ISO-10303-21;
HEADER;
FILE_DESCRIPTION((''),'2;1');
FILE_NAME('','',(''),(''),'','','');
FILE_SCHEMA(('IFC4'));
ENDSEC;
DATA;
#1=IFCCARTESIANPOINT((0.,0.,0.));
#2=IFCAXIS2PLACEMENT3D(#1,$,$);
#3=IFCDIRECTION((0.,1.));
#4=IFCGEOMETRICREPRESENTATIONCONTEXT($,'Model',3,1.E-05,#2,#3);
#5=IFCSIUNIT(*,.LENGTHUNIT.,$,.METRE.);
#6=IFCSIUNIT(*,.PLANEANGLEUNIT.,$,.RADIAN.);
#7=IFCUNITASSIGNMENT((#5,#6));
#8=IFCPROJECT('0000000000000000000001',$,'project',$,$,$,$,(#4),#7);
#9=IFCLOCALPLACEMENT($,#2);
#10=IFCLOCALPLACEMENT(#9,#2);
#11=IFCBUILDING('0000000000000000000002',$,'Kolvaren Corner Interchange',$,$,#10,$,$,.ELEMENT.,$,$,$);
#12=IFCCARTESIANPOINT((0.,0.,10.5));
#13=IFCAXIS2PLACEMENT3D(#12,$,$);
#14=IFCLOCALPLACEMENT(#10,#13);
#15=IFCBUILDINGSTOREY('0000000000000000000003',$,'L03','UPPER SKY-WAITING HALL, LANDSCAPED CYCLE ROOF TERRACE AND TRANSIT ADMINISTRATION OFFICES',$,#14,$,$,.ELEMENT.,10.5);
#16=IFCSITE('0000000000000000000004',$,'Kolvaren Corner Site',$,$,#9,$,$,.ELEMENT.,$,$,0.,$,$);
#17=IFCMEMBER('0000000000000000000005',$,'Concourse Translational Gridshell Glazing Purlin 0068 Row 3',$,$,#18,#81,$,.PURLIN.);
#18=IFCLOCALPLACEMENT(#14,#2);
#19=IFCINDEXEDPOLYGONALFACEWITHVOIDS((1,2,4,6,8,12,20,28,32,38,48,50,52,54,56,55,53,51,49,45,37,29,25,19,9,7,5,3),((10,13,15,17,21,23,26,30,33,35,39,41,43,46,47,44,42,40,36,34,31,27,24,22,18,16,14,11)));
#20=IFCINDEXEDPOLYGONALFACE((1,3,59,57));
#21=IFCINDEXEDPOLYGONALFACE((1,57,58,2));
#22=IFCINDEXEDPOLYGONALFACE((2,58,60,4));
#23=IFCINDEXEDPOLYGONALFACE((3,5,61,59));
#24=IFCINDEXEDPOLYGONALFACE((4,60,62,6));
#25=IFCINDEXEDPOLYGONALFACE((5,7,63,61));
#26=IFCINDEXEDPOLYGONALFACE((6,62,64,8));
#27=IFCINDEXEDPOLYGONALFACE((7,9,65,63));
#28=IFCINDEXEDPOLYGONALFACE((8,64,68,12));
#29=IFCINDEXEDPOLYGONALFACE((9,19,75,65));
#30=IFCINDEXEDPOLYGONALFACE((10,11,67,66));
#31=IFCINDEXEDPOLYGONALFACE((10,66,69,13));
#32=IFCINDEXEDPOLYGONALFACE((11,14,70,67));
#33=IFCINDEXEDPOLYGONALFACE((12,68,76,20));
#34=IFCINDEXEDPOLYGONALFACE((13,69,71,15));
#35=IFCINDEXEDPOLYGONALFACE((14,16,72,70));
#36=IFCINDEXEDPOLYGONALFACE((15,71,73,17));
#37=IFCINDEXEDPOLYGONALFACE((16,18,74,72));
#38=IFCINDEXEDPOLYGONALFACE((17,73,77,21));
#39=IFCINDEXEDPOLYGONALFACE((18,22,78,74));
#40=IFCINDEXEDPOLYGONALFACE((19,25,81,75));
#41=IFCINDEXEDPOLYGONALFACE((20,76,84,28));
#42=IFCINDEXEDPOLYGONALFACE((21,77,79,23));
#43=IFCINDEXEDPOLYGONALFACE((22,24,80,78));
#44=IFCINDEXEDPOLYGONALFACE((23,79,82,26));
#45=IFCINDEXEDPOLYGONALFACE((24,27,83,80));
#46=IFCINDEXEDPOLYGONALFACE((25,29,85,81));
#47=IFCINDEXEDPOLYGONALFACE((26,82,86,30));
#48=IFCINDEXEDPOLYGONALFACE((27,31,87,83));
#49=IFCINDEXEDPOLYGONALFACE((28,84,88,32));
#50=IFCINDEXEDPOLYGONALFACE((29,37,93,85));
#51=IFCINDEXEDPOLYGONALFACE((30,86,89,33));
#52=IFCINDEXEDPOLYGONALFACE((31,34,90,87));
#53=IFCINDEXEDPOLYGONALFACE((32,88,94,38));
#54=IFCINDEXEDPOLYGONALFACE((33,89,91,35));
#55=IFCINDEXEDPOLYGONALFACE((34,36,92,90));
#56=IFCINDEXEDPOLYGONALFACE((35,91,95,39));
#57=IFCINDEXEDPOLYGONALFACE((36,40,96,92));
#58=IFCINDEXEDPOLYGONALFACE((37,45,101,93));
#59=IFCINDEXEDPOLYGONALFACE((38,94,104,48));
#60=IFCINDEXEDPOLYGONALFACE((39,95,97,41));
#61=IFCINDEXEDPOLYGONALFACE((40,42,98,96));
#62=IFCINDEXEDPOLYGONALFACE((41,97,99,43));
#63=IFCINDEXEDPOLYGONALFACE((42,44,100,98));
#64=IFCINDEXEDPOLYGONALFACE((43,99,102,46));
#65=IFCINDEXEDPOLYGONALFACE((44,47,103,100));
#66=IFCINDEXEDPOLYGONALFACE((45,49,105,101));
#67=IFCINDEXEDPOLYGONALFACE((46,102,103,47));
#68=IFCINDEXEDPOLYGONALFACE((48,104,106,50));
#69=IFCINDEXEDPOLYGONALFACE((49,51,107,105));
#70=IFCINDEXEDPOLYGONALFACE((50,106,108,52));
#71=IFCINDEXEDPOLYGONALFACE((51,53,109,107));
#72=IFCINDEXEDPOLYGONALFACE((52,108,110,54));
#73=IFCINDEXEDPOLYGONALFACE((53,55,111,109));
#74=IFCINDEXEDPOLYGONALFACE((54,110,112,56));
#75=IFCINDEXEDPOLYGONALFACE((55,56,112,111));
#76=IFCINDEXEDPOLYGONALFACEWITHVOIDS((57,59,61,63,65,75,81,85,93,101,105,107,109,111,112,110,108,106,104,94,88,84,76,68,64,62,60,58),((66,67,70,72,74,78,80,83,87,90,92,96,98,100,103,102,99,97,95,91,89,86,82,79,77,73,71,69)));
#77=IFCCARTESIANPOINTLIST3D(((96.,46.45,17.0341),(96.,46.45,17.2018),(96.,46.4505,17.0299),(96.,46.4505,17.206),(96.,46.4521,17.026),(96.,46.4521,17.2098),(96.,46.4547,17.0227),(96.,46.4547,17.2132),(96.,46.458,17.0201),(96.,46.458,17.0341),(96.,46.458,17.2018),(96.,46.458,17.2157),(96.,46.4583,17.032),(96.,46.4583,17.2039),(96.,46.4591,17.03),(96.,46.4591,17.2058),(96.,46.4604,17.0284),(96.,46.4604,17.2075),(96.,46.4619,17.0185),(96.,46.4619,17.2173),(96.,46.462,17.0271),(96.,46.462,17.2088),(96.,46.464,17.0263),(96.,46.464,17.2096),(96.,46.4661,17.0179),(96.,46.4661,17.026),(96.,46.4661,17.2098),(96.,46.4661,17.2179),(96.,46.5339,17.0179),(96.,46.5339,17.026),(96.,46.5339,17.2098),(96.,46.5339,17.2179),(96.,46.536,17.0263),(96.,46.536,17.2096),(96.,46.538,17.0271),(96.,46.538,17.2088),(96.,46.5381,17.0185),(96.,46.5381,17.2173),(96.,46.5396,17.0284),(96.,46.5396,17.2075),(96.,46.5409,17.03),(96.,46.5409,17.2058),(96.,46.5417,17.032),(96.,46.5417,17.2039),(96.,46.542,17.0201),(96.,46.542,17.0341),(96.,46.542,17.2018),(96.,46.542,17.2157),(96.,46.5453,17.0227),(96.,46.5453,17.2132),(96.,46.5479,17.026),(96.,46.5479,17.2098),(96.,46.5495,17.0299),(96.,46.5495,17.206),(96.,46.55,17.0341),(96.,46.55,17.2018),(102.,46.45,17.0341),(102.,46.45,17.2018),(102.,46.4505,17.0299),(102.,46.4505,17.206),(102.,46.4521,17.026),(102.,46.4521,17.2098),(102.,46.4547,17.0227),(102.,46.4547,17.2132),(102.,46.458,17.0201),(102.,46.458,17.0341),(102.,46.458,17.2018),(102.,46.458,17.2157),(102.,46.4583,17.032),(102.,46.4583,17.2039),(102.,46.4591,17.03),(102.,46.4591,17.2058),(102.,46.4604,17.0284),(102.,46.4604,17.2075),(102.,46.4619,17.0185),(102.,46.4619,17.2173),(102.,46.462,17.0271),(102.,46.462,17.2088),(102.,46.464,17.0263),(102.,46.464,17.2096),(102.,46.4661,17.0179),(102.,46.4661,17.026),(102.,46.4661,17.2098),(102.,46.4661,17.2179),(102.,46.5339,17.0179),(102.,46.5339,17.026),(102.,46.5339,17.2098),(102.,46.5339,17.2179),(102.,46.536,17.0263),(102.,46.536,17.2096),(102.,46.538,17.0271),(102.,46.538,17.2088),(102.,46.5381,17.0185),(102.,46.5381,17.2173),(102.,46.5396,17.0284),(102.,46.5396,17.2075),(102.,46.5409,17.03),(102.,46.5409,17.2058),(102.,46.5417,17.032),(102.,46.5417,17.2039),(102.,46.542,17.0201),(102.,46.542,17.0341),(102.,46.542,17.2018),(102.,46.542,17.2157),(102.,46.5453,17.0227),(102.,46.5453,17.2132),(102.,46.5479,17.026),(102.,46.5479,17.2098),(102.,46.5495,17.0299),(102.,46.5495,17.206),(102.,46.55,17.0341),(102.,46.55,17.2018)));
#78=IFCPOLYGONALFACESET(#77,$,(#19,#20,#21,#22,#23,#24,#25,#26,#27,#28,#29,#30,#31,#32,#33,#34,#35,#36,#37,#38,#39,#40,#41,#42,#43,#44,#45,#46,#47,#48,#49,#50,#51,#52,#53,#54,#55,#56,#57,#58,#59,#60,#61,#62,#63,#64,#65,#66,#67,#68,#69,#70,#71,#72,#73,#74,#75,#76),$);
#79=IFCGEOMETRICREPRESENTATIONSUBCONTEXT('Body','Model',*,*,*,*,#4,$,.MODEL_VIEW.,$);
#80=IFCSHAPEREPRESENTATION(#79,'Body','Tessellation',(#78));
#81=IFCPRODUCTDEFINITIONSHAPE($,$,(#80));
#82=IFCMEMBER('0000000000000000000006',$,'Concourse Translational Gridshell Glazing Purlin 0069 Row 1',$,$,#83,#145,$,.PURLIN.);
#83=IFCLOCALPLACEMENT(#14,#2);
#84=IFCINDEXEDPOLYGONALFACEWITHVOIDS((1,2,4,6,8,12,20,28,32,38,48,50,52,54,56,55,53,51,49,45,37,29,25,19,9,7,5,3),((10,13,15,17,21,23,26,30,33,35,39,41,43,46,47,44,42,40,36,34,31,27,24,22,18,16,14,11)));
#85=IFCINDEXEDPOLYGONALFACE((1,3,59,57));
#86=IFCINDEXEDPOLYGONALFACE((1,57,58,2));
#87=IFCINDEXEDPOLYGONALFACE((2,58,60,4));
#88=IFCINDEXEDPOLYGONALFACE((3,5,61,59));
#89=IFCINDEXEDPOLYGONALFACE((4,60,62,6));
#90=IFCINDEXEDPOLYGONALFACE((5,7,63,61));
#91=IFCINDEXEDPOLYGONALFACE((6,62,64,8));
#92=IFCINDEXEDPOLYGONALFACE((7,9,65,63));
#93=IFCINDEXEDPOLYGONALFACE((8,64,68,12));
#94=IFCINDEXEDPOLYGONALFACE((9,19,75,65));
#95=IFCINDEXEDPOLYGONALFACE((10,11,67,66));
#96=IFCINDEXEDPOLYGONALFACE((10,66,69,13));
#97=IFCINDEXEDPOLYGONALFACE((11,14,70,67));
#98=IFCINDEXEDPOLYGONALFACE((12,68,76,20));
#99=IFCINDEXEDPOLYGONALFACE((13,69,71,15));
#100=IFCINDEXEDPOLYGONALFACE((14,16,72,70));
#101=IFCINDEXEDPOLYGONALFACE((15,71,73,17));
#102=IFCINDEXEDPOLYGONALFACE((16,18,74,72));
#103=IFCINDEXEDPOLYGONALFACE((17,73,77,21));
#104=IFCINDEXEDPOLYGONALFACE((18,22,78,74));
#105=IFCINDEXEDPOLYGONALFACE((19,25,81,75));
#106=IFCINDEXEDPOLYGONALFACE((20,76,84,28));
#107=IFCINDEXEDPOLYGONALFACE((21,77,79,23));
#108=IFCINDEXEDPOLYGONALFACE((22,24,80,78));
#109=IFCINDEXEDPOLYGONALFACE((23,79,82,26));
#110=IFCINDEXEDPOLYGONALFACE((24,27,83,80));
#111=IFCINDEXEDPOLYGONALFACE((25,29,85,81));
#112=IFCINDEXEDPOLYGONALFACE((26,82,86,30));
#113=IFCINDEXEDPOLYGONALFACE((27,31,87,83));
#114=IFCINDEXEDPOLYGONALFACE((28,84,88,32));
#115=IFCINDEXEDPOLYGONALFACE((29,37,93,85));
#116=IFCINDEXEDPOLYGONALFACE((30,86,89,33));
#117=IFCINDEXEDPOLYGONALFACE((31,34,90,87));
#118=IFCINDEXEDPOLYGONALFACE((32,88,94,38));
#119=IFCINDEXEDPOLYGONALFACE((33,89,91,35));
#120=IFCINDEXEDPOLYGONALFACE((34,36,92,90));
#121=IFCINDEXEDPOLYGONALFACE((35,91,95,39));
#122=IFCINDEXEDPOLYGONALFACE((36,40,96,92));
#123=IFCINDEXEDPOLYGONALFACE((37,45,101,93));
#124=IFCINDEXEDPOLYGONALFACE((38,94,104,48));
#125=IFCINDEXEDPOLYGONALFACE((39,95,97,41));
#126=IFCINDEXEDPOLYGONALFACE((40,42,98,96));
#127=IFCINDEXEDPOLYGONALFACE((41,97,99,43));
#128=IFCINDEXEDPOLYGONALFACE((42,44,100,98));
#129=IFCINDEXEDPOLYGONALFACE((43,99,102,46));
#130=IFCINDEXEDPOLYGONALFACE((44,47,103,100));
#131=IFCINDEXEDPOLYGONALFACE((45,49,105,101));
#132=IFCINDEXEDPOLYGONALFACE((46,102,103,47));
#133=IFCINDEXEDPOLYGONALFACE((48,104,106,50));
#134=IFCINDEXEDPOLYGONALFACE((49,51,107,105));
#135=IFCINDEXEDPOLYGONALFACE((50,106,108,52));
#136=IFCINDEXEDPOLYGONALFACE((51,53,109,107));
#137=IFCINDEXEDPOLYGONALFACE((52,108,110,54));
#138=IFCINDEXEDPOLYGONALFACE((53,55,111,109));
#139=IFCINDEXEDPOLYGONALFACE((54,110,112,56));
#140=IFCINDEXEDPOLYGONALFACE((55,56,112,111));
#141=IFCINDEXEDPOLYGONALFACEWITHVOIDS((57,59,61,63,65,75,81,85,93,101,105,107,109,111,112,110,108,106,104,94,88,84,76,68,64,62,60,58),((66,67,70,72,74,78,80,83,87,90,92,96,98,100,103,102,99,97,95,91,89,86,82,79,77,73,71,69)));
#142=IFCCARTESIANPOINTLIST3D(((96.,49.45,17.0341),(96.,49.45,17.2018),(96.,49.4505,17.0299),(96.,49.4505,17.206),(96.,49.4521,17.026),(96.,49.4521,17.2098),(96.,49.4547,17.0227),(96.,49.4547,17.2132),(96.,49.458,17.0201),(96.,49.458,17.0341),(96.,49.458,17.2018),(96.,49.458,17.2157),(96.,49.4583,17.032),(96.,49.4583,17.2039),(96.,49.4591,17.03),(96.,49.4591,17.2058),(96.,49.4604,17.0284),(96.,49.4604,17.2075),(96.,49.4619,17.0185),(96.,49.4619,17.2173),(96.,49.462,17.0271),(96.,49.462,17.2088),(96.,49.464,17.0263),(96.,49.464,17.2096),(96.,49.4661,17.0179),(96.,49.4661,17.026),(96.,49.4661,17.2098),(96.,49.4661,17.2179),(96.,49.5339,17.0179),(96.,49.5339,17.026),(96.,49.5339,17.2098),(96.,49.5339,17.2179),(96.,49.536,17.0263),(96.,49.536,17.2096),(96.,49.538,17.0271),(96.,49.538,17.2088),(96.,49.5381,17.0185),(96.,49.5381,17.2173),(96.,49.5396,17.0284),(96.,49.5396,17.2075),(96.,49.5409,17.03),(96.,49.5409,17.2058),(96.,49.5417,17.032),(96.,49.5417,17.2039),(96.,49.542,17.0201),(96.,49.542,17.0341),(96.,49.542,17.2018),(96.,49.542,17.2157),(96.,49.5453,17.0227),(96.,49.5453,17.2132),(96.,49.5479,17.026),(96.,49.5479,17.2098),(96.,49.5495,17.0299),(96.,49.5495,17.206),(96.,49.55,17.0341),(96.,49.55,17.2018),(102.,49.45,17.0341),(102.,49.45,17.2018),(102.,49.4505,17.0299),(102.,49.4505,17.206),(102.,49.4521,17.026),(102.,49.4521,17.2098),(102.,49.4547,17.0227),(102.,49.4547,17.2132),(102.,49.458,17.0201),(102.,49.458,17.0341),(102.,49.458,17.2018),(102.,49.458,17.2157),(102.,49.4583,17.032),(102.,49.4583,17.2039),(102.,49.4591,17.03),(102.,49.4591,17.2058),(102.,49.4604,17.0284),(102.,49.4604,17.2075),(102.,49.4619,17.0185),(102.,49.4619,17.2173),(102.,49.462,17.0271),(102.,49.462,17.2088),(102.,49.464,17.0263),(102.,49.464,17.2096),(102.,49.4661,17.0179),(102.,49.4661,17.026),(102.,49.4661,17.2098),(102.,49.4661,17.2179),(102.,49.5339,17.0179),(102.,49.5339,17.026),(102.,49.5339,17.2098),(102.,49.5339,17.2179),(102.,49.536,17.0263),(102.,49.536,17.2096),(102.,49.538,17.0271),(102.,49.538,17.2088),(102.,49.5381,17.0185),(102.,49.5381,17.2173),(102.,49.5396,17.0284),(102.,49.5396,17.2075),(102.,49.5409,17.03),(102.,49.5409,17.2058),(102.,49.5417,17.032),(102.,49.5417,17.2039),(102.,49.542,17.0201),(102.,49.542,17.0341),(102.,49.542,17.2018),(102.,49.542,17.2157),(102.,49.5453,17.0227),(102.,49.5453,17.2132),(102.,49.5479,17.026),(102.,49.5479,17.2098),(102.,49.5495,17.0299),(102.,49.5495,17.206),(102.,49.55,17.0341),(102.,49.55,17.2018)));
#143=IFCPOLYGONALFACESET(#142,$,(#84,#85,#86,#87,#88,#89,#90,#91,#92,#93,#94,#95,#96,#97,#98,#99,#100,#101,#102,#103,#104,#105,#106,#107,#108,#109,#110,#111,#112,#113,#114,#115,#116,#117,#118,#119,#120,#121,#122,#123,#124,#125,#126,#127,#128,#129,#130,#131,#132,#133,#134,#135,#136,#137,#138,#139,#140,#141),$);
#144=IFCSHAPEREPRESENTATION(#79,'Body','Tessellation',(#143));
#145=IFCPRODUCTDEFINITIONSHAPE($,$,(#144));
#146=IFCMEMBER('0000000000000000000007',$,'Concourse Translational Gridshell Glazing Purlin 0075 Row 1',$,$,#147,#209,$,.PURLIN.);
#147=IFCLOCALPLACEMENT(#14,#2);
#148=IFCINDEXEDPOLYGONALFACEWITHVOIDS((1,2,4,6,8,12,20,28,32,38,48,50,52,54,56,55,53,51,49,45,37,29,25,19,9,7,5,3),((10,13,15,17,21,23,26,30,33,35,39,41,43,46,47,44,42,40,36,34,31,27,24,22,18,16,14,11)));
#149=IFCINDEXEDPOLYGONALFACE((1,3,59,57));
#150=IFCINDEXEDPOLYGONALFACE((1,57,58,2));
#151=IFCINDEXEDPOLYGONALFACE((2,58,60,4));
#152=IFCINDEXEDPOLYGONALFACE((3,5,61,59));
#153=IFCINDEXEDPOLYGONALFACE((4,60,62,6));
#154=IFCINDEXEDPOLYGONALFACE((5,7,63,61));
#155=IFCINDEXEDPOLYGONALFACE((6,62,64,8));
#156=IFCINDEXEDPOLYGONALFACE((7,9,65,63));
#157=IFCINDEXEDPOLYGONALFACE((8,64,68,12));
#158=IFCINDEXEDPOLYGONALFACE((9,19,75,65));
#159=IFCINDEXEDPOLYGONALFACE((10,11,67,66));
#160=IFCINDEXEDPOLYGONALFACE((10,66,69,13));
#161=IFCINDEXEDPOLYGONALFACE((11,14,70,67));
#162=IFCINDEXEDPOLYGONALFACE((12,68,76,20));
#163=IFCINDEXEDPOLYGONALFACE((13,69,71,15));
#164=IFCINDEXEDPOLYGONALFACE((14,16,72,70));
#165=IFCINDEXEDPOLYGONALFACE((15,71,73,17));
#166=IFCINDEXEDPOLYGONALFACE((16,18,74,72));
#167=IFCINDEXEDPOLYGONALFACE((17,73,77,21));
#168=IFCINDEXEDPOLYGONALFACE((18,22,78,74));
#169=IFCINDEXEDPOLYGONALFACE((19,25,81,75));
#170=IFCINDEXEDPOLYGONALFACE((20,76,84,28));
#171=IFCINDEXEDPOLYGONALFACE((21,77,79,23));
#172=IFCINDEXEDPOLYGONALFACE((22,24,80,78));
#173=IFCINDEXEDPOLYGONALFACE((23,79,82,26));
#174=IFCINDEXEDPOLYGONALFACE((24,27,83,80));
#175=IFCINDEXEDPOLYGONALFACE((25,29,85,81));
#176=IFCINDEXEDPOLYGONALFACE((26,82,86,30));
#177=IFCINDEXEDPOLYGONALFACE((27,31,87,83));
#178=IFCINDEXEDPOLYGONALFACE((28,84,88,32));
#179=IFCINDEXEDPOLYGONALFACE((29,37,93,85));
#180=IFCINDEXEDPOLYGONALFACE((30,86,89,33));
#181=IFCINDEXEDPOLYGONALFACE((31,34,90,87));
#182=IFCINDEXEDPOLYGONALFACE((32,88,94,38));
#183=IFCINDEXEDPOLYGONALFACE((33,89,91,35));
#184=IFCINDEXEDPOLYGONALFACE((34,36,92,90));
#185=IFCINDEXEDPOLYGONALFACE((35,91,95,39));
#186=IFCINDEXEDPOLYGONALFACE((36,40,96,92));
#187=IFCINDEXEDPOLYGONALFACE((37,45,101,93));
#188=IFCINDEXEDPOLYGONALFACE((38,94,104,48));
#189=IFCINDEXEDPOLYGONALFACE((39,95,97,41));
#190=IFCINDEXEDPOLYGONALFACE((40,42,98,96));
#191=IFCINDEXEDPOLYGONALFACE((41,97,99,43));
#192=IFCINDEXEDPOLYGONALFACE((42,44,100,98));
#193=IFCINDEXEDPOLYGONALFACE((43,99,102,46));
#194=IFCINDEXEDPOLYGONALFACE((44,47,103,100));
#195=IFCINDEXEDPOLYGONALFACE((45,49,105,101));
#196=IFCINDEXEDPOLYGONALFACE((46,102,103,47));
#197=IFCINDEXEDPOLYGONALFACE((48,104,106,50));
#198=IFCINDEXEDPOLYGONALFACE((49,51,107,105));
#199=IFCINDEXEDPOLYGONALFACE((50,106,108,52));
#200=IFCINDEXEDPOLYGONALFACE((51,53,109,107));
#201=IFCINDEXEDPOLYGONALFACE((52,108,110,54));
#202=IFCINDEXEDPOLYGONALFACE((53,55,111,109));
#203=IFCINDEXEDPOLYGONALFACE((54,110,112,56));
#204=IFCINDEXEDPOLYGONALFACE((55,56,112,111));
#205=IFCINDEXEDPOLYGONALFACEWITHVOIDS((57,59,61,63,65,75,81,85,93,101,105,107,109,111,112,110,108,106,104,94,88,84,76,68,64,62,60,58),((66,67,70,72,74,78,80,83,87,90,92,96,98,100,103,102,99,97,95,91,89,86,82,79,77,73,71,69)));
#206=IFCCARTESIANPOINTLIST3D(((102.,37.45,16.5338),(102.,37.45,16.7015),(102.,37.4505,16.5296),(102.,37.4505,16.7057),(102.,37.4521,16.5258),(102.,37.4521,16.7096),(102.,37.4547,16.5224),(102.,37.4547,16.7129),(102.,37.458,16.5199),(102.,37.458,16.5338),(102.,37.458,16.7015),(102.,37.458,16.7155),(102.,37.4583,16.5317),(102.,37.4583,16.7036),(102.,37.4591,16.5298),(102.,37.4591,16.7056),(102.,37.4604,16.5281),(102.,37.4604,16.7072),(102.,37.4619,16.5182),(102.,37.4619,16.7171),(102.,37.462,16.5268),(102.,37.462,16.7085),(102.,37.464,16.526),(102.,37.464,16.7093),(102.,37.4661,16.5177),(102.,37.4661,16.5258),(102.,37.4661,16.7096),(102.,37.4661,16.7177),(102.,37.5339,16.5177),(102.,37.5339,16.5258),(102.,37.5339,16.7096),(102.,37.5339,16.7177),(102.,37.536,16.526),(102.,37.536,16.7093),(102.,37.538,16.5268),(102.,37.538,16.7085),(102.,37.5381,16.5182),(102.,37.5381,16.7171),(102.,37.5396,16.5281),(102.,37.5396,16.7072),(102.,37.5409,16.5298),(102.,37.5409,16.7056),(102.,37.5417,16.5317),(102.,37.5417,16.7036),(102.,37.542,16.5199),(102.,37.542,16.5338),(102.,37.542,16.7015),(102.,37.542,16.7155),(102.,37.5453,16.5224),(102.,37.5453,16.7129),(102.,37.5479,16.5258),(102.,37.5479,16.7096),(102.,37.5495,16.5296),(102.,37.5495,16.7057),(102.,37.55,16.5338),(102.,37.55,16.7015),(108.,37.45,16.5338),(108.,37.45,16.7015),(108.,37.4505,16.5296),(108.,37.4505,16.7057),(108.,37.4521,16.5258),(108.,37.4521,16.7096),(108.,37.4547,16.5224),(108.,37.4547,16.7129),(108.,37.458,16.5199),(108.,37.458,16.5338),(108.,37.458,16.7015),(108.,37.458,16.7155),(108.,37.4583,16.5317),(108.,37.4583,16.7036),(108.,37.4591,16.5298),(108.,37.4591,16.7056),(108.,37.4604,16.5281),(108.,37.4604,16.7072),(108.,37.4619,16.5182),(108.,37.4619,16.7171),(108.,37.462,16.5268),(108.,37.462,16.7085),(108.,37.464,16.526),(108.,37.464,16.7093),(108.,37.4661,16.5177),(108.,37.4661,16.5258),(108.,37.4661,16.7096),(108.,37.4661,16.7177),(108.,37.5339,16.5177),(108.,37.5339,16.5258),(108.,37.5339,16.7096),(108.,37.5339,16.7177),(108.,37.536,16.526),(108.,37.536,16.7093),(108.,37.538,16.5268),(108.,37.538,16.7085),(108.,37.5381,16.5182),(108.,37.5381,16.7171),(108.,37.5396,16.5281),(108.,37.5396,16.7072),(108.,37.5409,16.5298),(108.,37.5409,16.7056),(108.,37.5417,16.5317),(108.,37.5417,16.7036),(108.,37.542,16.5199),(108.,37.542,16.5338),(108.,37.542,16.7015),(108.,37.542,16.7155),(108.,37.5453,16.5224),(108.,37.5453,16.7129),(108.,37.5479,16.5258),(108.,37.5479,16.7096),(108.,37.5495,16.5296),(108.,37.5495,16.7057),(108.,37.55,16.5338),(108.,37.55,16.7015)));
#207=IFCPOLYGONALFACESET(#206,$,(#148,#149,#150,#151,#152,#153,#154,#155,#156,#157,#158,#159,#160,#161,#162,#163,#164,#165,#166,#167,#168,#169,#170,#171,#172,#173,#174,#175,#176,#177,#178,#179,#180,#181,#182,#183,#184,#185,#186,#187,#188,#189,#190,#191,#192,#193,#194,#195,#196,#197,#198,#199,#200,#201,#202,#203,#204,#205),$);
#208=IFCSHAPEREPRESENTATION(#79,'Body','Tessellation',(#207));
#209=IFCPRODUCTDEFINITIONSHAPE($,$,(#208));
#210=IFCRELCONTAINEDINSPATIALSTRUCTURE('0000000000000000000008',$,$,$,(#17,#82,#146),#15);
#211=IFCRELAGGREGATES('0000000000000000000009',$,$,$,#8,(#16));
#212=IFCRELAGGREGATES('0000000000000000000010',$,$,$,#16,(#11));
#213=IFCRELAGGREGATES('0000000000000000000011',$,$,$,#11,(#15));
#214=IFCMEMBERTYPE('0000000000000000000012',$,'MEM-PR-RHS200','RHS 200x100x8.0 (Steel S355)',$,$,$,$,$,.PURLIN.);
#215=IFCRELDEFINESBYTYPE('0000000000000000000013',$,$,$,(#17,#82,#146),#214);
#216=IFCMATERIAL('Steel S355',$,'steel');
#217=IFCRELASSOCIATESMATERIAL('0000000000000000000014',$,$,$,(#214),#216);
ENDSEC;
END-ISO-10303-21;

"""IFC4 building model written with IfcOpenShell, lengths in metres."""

from ifc_helpers import new_model, si_unit, direction, frame, origin, origin_2d, place, context, subcontext, project, spatial, hollow_rectangle, extrude, material, material_profile, profile_set, type_object, element, save


model = new_model("IFC4")

# Units and contexts
model_context = context("Model", 3, precision=1e-05, world=origin(), true_north=direction((0.0, 1.0)))
body_context = subcontext(model_context, "Body", "Model", "MODEL_VIEW")
ifc_project = project(units=[si_unit("LENGTHUNIT", "METRE"), si_unit("PLANEANGLEUNIT", "RADIAN")], contexts=[model_context])

# Site, building, storey
site_placement = place(None, origin())
site = spatial("IfcSite", under=ifc_project, at=site_placement, Name="Kolvaren Corner Site", CompositionType="ELEMENT", RefElevation=0.0)
building_placement = place(site_placement, origin())
building = spatial("IfcBuilding", under=site, at=building_placement, Name="Kolvaren Corner Interchange", CompositionType="ELEMENT")
storey_placement = place(building_placement, frame((0.0, 0.0, 10.5)))
storey = spatial("IfcBuildingStorey", under=building, at=storey_placement, Name="L03", Description="UPPER SKY-WAITING HALL, LANDSCAPED CYCLE ROOF TERRACE AND TRANSIT ADMINISTRATION OFFICES", CompositionType="ELEMENT", Elevation=10.5)

# Members
ifc_material_1 = material(Name="Steel S355", Category="steel")
ifc_material_profile_1 = material_profile(ifc_material_1, hollow_rectangle(XDim=0.1001, YDim=0.2, WallThickness=0.0081, InnerFilletRadius=0.0081, OuterFilletRadius=0.0161, at=origin_2d()), Name="RHS 200x100x8.0")
ifc_profile_set_1 = profile_set([ifc_material_profile_1], Name="Steel S355")
member_type_1 = type_object("IfcMemberType", Name="MEM-PR-RHS200", Description="RHS 200x100x8.0 (Steel S355)", PredefinedType="PURLIN", material=ifc_profile_set_1)
for number, where, z_axis, x_axis, name in (
    (1, (96.0, 46.5, 17.1179), (1.0, 0.0, 0.0), (0.0, 1.0, 0.0), "Concourse Translational Gridshell Glazing Purlin 0068 Row 3"),
    (2, (96.0, 49.5, 17.1179), (1.0, 0.0, 0.0), (0.0, 1.0, 0.0), "Concourse Translational Gridshell Glazing Purlin 0069 Row 1"),
    (3, (102.0, 37.5, 16.6177), (1.0, 0.0, 0.0), (0.0, 1.0, 0.0), "Concourse Translational Gridshell Glazing Purlin 0075 Row 1"),
):
    element("IfcMember", number, at=place(storey_placement, frame(where, z_axis=z_axis, x_axis=x_axis)), inside=storey, type_object=member_type_1, Name=name, PredefinedType="PURLIN", context=body_context, shape_type="SweptSolid", body=[
        extrude(hollow_rectangle(XDim=0.1001, YDim=0.2, WallThickness=0.0081, InnerFilletRadius=0.0081, OuterFilletRadius=0.0161, at=origin_2d()), origin(), (0.0, 0.0, 1.0), 6.0),
    ])

save(model, "model.ifc")
